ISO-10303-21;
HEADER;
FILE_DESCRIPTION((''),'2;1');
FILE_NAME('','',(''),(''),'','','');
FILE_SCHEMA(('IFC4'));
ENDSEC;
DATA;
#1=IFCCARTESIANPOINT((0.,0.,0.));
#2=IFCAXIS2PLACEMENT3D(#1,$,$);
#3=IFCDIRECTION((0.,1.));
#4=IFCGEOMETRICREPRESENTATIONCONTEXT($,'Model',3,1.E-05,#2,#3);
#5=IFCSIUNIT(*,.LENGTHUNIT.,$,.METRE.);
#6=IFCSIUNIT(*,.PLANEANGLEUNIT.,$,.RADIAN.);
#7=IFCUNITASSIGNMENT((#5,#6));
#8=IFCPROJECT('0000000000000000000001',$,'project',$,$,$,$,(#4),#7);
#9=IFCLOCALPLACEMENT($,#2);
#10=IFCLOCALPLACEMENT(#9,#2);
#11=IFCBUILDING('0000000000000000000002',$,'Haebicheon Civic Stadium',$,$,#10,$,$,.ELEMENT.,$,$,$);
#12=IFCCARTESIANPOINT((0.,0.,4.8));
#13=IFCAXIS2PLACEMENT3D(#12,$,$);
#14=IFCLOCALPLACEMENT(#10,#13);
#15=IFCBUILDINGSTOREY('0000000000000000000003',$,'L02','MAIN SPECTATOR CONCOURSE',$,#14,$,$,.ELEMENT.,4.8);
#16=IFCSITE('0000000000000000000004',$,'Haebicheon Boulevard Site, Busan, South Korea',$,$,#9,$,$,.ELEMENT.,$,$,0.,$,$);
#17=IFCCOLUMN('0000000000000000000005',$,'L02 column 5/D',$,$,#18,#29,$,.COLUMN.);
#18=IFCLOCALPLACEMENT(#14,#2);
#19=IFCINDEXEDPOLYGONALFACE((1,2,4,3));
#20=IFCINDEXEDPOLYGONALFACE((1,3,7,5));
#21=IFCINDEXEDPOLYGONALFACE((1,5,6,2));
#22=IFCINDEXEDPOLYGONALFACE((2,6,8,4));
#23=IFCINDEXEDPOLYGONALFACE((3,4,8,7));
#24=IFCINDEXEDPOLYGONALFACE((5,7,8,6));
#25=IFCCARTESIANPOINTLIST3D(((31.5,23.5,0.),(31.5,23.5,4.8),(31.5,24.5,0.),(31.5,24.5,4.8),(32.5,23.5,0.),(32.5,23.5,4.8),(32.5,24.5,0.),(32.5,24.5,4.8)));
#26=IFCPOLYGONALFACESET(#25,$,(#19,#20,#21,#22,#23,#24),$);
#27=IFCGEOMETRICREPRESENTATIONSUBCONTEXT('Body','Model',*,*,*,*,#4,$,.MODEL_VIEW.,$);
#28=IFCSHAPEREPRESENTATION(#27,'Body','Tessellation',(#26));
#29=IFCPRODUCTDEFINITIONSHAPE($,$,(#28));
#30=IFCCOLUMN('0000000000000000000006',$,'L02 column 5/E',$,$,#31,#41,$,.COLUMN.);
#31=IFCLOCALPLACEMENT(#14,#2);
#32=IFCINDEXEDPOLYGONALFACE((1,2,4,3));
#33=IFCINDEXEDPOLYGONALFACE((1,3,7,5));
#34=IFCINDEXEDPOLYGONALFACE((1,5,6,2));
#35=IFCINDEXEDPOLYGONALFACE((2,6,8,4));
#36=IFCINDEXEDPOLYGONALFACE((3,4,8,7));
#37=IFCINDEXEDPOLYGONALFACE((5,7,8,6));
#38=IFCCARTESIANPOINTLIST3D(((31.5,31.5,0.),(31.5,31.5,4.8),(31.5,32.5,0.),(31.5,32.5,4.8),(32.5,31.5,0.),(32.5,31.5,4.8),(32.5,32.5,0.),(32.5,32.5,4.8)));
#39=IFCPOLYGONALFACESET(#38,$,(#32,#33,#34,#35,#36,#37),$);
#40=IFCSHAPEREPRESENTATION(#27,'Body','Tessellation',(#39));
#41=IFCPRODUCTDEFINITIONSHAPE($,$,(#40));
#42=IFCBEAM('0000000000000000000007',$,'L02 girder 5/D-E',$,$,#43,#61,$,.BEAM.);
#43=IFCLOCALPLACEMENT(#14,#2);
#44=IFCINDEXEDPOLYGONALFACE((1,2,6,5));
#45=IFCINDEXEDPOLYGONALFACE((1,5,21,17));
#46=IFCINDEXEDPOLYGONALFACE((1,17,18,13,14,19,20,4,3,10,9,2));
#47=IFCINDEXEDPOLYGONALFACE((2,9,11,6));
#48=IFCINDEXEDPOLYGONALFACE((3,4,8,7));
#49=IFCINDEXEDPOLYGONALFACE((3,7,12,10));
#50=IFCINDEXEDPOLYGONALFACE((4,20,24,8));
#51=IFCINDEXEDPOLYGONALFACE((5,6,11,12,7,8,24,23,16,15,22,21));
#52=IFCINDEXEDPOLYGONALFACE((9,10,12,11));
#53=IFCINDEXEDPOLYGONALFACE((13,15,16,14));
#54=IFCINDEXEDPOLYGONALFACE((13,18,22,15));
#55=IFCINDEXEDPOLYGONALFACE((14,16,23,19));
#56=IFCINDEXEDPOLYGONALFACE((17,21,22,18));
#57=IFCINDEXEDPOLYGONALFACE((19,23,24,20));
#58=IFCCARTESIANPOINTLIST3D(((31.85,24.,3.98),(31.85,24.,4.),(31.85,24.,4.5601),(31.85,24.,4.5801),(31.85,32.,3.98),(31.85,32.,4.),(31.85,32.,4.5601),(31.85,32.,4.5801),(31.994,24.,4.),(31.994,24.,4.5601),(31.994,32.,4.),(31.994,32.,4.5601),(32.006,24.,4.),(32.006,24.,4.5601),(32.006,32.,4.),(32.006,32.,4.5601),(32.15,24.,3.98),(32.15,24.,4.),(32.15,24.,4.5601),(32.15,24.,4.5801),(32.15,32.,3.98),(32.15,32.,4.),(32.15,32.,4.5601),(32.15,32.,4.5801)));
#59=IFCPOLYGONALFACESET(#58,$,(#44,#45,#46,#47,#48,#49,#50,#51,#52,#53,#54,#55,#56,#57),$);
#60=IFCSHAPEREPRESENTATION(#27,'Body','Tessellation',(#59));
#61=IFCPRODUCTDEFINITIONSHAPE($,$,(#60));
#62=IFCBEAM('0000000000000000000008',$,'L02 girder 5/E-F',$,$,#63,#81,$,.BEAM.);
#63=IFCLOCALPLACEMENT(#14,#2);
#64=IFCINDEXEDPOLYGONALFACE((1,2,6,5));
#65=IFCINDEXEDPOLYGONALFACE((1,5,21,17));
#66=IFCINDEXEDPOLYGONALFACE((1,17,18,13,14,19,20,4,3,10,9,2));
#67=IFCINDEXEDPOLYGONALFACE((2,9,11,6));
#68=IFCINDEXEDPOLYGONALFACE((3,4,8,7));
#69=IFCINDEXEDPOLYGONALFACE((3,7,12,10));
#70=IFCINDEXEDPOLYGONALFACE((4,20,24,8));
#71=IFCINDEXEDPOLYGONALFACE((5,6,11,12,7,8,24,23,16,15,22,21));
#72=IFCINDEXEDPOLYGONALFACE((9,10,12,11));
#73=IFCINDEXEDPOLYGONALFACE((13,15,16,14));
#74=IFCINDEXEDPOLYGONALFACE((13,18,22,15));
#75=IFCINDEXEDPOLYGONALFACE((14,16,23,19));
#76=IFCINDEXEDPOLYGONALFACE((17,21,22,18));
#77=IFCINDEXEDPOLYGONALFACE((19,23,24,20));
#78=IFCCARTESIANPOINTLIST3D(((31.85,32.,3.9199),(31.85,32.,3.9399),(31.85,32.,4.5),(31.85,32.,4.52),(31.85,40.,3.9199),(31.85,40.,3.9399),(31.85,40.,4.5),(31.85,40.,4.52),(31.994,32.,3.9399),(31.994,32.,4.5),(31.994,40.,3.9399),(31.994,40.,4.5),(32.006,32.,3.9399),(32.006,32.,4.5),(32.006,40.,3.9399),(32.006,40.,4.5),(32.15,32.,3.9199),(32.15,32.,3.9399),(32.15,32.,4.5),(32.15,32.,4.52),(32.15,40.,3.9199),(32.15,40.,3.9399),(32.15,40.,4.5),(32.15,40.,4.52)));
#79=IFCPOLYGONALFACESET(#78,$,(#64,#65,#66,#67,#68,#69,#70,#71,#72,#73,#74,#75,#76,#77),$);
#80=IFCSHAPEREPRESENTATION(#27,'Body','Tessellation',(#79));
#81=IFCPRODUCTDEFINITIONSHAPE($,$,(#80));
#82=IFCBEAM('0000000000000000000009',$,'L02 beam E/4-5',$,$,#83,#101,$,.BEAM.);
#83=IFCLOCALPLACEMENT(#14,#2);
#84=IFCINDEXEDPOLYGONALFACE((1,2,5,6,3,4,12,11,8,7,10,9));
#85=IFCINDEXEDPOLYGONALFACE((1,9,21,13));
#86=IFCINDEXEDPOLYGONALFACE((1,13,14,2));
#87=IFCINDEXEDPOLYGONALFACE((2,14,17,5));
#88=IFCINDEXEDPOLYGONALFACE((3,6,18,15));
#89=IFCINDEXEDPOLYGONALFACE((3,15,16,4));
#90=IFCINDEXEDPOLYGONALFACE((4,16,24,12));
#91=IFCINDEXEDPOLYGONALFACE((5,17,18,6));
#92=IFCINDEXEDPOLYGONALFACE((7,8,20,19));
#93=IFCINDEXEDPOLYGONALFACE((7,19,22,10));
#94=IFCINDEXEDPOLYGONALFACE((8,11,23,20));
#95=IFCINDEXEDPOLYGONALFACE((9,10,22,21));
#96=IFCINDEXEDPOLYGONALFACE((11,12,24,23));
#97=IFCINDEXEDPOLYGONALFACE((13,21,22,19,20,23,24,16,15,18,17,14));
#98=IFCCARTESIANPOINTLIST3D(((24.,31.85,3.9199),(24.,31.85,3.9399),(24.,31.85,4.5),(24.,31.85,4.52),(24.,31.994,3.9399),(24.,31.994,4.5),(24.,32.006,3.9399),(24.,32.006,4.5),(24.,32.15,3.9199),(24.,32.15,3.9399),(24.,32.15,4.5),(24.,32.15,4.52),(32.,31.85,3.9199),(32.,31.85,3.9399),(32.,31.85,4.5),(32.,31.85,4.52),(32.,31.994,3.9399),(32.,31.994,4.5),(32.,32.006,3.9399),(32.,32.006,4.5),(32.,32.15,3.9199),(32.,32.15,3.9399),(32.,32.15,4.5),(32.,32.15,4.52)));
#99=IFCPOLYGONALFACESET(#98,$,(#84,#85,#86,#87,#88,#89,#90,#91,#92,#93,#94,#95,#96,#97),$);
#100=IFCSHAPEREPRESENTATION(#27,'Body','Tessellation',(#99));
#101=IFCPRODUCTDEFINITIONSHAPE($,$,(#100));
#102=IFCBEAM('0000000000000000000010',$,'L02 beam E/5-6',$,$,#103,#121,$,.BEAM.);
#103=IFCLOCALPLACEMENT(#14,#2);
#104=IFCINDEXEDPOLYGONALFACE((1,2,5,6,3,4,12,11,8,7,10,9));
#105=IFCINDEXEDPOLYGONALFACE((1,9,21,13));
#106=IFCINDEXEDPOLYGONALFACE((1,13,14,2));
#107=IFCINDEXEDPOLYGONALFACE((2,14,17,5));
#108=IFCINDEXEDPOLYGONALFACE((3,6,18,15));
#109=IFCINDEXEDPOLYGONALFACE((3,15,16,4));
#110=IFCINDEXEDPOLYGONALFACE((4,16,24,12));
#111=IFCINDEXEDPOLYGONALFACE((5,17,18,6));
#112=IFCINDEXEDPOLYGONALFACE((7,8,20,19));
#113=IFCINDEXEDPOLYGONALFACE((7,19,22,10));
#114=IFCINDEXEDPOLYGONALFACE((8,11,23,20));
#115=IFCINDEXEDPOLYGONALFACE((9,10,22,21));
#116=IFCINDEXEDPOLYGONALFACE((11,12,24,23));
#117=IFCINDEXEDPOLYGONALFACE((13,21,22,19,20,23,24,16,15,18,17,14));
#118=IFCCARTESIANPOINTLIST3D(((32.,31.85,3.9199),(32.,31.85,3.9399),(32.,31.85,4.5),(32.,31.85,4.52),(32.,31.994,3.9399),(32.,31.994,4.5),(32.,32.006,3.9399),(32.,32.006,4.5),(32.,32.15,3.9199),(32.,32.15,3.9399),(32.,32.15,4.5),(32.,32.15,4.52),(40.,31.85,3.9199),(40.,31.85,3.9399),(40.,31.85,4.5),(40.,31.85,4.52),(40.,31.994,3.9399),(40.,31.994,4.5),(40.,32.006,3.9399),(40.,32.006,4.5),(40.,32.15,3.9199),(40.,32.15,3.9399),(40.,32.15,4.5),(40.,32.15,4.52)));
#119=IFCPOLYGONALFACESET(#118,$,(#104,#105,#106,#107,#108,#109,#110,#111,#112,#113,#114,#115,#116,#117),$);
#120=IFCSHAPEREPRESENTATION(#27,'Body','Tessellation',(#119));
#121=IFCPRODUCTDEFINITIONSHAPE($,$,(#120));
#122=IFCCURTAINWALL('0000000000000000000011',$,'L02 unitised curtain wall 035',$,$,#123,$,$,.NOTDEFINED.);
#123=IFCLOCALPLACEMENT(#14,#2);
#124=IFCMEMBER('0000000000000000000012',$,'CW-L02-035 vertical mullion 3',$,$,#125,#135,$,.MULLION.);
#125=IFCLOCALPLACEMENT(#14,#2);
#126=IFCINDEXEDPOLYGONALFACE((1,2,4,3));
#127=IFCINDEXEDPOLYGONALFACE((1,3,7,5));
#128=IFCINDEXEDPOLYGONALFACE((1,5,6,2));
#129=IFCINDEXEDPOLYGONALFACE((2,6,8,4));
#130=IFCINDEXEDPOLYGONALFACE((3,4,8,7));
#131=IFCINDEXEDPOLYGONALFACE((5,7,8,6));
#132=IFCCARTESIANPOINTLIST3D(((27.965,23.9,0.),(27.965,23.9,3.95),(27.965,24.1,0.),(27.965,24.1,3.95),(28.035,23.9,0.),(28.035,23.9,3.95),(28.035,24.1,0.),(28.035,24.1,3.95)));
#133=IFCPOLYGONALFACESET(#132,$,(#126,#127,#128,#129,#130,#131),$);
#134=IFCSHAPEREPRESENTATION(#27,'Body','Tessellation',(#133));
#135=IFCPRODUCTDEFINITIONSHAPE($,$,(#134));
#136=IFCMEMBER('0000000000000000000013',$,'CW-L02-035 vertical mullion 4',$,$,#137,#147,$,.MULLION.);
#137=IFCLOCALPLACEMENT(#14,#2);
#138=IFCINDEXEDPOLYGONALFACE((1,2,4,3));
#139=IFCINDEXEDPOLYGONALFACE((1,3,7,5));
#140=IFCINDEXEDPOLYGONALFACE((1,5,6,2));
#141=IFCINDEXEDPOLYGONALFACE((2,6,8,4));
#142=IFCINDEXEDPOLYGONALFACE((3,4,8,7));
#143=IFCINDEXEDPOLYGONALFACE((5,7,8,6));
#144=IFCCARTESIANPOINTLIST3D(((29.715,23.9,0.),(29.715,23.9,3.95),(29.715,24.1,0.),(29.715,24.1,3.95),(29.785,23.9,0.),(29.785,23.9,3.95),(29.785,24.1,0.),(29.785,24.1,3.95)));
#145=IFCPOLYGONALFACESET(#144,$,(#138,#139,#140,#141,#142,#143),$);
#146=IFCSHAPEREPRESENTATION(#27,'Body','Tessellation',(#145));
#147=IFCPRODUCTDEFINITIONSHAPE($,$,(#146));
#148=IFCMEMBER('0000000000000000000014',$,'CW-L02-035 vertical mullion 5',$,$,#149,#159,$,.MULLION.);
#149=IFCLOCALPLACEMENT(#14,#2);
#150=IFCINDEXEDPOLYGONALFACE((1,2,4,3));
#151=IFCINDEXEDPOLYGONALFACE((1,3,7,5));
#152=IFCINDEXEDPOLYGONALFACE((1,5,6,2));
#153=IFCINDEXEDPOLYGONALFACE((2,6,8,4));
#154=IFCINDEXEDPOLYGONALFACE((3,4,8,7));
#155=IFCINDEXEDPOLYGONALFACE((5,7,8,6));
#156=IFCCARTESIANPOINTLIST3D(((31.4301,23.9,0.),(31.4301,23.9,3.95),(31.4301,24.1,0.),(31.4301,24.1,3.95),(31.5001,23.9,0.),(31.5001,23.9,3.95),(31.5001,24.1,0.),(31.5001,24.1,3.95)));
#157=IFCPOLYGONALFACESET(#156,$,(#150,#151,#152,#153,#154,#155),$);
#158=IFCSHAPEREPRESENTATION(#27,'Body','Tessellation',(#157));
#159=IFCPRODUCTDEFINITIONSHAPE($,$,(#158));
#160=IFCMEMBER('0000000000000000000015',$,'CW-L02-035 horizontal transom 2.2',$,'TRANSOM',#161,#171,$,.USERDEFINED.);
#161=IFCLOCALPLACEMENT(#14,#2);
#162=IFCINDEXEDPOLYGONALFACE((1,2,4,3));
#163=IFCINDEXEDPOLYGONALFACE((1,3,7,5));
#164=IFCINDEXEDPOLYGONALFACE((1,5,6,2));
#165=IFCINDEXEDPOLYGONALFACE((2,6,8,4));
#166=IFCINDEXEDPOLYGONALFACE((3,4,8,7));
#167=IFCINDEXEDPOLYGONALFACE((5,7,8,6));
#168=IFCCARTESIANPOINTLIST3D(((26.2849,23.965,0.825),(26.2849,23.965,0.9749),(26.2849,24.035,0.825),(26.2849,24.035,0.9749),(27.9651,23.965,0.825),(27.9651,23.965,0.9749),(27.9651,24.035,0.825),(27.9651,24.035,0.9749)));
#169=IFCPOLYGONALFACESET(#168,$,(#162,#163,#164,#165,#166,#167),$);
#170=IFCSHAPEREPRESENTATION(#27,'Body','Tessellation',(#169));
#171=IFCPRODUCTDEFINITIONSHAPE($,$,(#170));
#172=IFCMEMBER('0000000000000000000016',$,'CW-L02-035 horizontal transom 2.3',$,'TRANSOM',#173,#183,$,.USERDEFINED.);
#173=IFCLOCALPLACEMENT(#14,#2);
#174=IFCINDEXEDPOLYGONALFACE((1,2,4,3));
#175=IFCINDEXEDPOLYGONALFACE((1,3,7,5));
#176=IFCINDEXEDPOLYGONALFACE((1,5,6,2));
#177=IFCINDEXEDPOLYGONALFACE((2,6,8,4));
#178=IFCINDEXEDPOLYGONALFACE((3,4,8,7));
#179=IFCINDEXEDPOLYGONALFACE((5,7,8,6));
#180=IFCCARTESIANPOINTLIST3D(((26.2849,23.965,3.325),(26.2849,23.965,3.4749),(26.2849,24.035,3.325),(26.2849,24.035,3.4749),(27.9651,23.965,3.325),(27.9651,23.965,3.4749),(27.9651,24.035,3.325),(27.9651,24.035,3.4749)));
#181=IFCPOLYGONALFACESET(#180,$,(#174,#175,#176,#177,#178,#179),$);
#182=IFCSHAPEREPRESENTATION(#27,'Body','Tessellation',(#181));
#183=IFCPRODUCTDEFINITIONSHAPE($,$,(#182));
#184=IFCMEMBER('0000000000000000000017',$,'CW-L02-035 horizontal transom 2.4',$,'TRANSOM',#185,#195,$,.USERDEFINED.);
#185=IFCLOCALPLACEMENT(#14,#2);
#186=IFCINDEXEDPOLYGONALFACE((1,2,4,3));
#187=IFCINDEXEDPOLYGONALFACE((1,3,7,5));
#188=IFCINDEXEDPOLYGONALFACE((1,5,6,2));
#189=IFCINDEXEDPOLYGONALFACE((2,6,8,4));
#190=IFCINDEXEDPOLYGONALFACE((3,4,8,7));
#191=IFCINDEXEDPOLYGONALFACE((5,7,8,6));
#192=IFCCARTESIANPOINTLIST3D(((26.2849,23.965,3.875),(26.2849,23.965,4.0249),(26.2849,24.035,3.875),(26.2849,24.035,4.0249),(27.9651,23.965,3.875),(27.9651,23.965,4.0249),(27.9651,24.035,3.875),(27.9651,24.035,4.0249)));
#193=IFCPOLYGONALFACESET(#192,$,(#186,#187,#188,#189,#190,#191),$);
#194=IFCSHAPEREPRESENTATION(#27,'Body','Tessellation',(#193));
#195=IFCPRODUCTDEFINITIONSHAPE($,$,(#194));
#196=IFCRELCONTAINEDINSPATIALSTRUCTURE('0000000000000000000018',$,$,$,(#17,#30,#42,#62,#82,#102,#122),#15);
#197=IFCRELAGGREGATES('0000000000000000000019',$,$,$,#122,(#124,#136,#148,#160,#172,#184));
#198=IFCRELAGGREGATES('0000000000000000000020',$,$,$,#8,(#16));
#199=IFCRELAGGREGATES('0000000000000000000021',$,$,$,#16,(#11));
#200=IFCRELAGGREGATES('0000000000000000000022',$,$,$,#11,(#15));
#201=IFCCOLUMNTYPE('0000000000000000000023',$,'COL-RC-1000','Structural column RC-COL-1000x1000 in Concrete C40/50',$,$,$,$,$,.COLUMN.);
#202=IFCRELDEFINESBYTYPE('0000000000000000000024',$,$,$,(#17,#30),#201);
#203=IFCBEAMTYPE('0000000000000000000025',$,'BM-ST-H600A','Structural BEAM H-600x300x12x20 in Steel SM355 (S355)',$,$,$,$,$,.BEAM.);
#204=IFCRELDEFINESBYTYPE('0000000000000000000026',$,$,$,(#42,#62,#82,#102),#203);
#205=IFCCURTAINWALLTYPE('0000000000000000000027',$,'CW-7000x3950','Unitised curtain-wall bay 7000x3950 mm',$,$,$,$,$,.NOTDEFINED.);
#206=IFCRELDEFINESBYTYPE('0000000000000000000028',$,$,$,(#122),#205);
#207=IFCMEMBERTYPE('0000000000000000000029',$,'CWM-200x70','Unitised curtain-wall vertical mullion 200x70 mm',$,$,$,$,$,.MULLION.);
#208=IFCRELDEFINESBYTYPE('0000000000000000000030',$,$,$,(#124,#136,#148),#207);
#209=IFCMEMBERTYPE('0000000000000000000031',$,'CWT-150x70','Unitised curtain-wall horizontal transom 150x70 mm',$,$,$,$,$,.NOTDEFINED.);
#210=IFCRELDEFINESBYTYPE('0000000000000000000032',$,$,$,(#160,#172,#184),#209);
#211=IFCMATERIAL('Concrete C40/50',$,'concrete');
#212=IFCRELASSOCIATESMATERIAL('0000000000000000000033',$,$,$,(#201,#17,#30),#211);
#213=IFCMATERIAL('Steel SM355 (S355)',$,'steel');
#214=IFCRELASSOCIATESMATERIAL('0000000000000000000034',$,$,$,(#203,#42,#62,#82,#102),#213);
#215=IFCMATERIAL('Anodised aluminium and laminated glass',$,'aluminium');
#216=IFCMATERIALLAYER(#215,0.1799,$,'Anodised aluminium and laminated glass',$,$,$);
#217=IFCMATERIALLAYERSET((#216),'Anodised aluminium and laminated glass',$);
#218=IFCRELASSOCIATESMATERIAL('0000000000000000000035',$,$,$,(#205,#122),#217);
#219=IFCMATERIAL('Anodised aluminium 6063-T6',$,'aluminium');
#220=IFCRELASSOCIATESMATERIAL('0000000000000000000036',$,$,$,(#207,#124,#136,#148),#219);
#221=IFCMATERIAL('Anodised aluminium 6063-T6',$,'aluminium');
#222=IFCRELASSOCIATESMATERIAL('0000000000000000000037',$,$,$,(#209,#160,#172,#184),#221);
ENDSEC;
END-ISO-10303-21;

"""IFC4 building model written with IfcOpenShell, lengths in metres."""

from ifc_helpers import new_model, si_unit, direction, frame, origin, origin_2d, place, context, subcontext, project, spatial, rectangle, i_section, extrude, material, layer, layer_set, material_profile, profile_set, type_object, element, aggregate, save


model = new_model("IFC4")

# Units and contexts
model_context = context("Model", 3, precision=1e-05, world=origin(), true_north=direction((0.0, 1.0)))
body_context = subcontext(model_context, "Body", "Model", "MODEL_VIEW")
ifc_project = project(units=[si_unit("LENGTHUNIT", "METRE"), si_unit("PLANEANGLEUNIT", "RADIAN")], contexts=[model_context])

# Site, building, storey
site_placement = place(None, origin())
site = spatial("IfcSite", under=ifc_project, at=site_placement, Name="Haebicheon Boulevard Site, Busan, South Korea", CompositionType="ELEMENT", RefElevation=0.0)
building_placement = place(site_placement, origin())
building = spatial("IfcBuilding", under=site, at=building_placement, Name="Haebicheon Civic Stadium", CompositionType="ELEMENT")
storey_placement = place(building_placement, frame((0.0, 0.0, 4.8)))
storey = spatial("IfcBuildingStorey", under=building, at=storey_placement, Name="L02", Description="MAIN SPECTATOR CONCOURSE", CompositionType="ELEMENT", Elevation=4.8)

# Columns
ifc_material_1 = material(Name="Concrete C40/50", Category="concrete")
ifc_material_profile_1 = material_profile(ifc_material_1, rectangle(XDim=1.0, YDim=1.0, at=origin_2d()), Name="RC-COL-1000x1000")
ifc_profile_set_1 = profile_set([ifc_material_profile_1], Name="Concrete C40/50")
column_type = type_object("IfcColumnType", Name="COL-RC-1000", Description="Structural column RC-COL-1000x1000 in Concrete C40/50", PredefinedType="COLUMN", material=ifc_profile_set_1)
for number, where, z_axis, x_axis, name in (
    (1, (32.0, 24.0, 0.0), (0.0, 0.0, 1.0), (1.0, 0.0, 0.0), "L02 column 5/D"),
    (2, (32.0, 32.0, 0.0), (0.0, 0.0, 1.0), (1.0, 0.0, 0.0), "L02 column 5/E"),
):
    element("IfcColumn", number, at=place(storey_placement, frame(where, z_axis=z_axis, x_axis=x_axis)), inside=storey, type_object=column_type, material=ifc_profile_set_1, Name=name, PredefinedType="COLUMN", context=body_context, shape_type="SweptSolid", body=[
        extrude(rectangle(XDim=1.0, YDim=1.0, at=origin_2d()), origin(), (0.0, 0.0, 1.0), 4.8),
    ])

# Beams
ifc_material_2 = material(Name="Steel SM355 (S355)", Category="steel")
ifc_material_profile_2 = material_profile(ifc_material_2, i_section(OverallWidth=0.3, OverallDepth=0.6001, WebThickness=0.012, FlangeThickness=0.02, at=origin_2d()), Name="H-600x300x12x20")
ifc_profile_set_2 = profile_set([ifc_material_profile_2], Name="Steel SM355 (S355)")
beam_type_1 = type_object("IfcBeamType", Name="BM-ST-H600A", Description="Structural BEAM H-600x300x12x20 in Steel SM355 (S355)", PredefinedType="BEAM", material=ifc_profile_set_2)
for number, where, z_axis, x_axis, name in (
    (3, (32.0, 24.0, 4.28), (0.0, 1.0, 0.0), (-1.0, 0.0, 0.0), "L02 girder 5/D-E"),
    (4, (32.0, 32.0, 4.22), (0.0, 1.0, 0.0), (-1.0, 0.0, 0.0), "L02 girder 5/E-F"),
    (5, (24.0, 32.0, 4.22), (1.0, 0.0, 0.0), (0.0, 1.0, 0.0), "L02 beam E/4-5"),
    (6, (32.0, 32.0, 4.22), (1.0, 0.0, 0.0), (0.0, 1.0, 0.0), "L02 beam E/5-6"),
):
    element("IfcBeam", number, at=place(storey_placement, frame(where, z_axis=z_axis, x_axis=x_axis)), inside=storey, type_object=beam_type_1, material=ifc_profile_set_2, Name=name, PredefinedType="BEAM", context=body_context, shape_type="SweptSolid", body=[
        extrude(i_section(OverallWidth=0.3, OverallDepth=0.6001, WebThickness=0.012, FlangeThickness=0.02, at=origin_2d()), origin(), (0.0, 0.0, 1.0), 8.0),
    ])

# Curtain wall, members
ifc_material_3 = material(Name="Anodised aluminium and laminated glass", Category="aluminium")
ifc_layer_1 = layer(ifc_material_3, 0.1799, Name="Anodised aluminium and laminated glass")
ifc_layer_set_1 = layer_set([ifc_layer_1], Name="Anodised aluminium and laminated glass")
curtain_wall_type = type_object("IfcCurtainWallType", Name="CW-7000x3950", Description="Unitised curtain-wall bay 7000x3950 mm", PredefinedType="NOTDEFINED", material=ifc_layer_set_1)
curtain_wall_placement = place(storey_placement, origin())
curtain_wall = element("IfcCurtainWall", 7, at=curtain_wall_placement, inside=storey, type_object=curtain_wall_type, material=ifc_layer_set_1, Name="L02 unitised curtain wall 035", PredefinedType="NOTDEFINED")
ifc_material_4 = material(Name="Anodised aluminium 6063-T6", Category="aluminium")
ifc_material_profile_3 = material_profile(ifc_material_4, rectangle(XDim=0.0701, YDim=0.2, at=origin_2d()), Name="ALU-MULL-70x200")
ifc_profile_set_3 = profile_set([ifc_material_profile_3], Name="Anodised aluminium 6063-T6")
member_type_1 = type_object("IfcMemberType", Name="CWM-200x70", Description="Unitised curtain-wall vertical mullion 200x70 mm", PredefinedType="MULLION", material=ifc_profile_set_3)
member_1_placement = place(storey_placement, frame((28.0, 24.0, 0.0), z_axis=(0.0, 0.0, 1.0), x_axis=(1.0, 0.0, 0.0)))
member_1 = element("IfcMember", 8, at=member_1_placement, type_object=member_type_1, material=ifc_profile_set_3, Name="CW-L02-035 vertical mullion 3", PredefinedType="MULLION", context=body_context, shape_type="SweptSolid", body=[
    extrude(rectangle(XDim=0.0701, YDim=0.2, at=origin_2d()), origin(), (0.0, 0.0, 1.0), 3.95),
])
member_2_placement = place(storey_placement, frame((29.75, 24.0, 0.0), z_axis=(0.0, 0.0, 1.0), x_axis=(1.0, 0.0, 0.0)))
member_2 = element("IfcMember", 9, at=member_2_placement, type_object=member_type_1, material=ifc_profile_set_3, Name="CW-L02-035 vertical mullion 4", PredefinedType="MULLION", context=body_context, shape_type="SweptSolid", body=[
    extrude(rectangle(XDim=0.0701, YDim=0.2, at=origin_2d()), origin(), (0.0, 0.0, 1.0), 3.95),
])
member_3_placement = place(storey_placement, frame((31.4651, 24.0, 0.0), z_axis=(0.0, 0.0, 1.0), x_axis=(1.0, 0.0, 0.0)))
member_3 = element("IfcMember", 10, at=member_3_placement, type_object=member_type_1, material=ifc_profile_set_3, Name="CW-L02-035 vertical mullion 5", PredefinedType="MULLION", context=body_context, shape_type="SweptSolid", body=[
    extrude(rectangle(XDim=0.0701, YDim=0.2, at=origin_2d()), origin(), (0.0, 0.0, 1.0), 3.95),
])
ifc_material_5 = material(Name="Anodised aluminium 6063-T6", Category="aluminium")
ifc_material_profile_4 = material_profile(ifc_material_5, rectangle(XDim=0.0701, YDim=0.1499, at=origin_2d()), Name="ALU-TRAN-70x150")
ifc_profile_set_4 = profile_set([ifc_material_profile_4], Name="Anodised aluminium 6063-T6")
member_type_2 = type_object("IfcMemberType", Name="CWT-150x70", Description="Unitised curtain-wall horizontal transom 150x70 mm", PredefinedType="NOTDEFINED", material=ifc_profile_set_4)
member_4_placement = place(storey_placement, frame((26.2849, 24.0, 0.8999), z_axis=(1.0, 0.0, 0.0), x_axis=(0.0, 1.0, 0.0)))
member_4 = element("IfcMember", 11, at=member_4_placement, type_object=member_type_2, material=ifc_profile_set_4, Name="CW-L02-035 horizontal transom 2.2", ObjectType="TRANSOM", PredefinedType="USERDEFINED", context=body_context, shape_type="SweptSolid", body=[
    extrude(rectangle(XDim=0.0701, YDim=0.1499, at=origin_2d()), origin(), (0.0, 0.0, 1.0), 1.6802),
])
member_5_placement = place(storey_placement, frame((26.2849, 24.0, 3.3999), z_axis=(1.0, 0.0, 0.0), x_axis=(0.0, 1.0, 0.0)))
member_5 = element("IfcMember", 12, at=member_5_placement, type_object=member_type_2, material=ifc_profile_set_4, Name="CW-L02-035 horizontal transom 2.3", ObjectType="TRANSOM", PredefinedType="USERDEFINED", context=body_context, shape_type="SweptSolid", body=[
    extrude(rectangle(XDim=0.0701, YDim=0.1499, at=origin_2d()), origin(), (0.0, 0.0, 1.0), 1.6802),
])
member_6_placement = place(storey_placement, frame((26.2849, 24.0, 3.95), z_axis=(1.0, 0.0, 0.0), x_axis=(0.0, 1.0, 0.0)))
member_6 = element("IfcMember", 13, at=member_6_placement, type_object=member_type_2, material=ifc_profile_set_4, Name="CW-L02-035 horizontal transom 2.4", ObjectType="TRANSOM", PredefinedType="USERDEFINED", context=body_context, shape_type="SweptSolid", body=[
    extrude(rectangle(XDim=0.0701, YDim=0.1499, at=origin_2d()), origin(), (0.0, 0.0, 1.0), 1.6802),
])

aggregate(curtain_wall, [member_1, member_2, member_3, member_4, member_5, member_6])

save(model, "model.ifc")
